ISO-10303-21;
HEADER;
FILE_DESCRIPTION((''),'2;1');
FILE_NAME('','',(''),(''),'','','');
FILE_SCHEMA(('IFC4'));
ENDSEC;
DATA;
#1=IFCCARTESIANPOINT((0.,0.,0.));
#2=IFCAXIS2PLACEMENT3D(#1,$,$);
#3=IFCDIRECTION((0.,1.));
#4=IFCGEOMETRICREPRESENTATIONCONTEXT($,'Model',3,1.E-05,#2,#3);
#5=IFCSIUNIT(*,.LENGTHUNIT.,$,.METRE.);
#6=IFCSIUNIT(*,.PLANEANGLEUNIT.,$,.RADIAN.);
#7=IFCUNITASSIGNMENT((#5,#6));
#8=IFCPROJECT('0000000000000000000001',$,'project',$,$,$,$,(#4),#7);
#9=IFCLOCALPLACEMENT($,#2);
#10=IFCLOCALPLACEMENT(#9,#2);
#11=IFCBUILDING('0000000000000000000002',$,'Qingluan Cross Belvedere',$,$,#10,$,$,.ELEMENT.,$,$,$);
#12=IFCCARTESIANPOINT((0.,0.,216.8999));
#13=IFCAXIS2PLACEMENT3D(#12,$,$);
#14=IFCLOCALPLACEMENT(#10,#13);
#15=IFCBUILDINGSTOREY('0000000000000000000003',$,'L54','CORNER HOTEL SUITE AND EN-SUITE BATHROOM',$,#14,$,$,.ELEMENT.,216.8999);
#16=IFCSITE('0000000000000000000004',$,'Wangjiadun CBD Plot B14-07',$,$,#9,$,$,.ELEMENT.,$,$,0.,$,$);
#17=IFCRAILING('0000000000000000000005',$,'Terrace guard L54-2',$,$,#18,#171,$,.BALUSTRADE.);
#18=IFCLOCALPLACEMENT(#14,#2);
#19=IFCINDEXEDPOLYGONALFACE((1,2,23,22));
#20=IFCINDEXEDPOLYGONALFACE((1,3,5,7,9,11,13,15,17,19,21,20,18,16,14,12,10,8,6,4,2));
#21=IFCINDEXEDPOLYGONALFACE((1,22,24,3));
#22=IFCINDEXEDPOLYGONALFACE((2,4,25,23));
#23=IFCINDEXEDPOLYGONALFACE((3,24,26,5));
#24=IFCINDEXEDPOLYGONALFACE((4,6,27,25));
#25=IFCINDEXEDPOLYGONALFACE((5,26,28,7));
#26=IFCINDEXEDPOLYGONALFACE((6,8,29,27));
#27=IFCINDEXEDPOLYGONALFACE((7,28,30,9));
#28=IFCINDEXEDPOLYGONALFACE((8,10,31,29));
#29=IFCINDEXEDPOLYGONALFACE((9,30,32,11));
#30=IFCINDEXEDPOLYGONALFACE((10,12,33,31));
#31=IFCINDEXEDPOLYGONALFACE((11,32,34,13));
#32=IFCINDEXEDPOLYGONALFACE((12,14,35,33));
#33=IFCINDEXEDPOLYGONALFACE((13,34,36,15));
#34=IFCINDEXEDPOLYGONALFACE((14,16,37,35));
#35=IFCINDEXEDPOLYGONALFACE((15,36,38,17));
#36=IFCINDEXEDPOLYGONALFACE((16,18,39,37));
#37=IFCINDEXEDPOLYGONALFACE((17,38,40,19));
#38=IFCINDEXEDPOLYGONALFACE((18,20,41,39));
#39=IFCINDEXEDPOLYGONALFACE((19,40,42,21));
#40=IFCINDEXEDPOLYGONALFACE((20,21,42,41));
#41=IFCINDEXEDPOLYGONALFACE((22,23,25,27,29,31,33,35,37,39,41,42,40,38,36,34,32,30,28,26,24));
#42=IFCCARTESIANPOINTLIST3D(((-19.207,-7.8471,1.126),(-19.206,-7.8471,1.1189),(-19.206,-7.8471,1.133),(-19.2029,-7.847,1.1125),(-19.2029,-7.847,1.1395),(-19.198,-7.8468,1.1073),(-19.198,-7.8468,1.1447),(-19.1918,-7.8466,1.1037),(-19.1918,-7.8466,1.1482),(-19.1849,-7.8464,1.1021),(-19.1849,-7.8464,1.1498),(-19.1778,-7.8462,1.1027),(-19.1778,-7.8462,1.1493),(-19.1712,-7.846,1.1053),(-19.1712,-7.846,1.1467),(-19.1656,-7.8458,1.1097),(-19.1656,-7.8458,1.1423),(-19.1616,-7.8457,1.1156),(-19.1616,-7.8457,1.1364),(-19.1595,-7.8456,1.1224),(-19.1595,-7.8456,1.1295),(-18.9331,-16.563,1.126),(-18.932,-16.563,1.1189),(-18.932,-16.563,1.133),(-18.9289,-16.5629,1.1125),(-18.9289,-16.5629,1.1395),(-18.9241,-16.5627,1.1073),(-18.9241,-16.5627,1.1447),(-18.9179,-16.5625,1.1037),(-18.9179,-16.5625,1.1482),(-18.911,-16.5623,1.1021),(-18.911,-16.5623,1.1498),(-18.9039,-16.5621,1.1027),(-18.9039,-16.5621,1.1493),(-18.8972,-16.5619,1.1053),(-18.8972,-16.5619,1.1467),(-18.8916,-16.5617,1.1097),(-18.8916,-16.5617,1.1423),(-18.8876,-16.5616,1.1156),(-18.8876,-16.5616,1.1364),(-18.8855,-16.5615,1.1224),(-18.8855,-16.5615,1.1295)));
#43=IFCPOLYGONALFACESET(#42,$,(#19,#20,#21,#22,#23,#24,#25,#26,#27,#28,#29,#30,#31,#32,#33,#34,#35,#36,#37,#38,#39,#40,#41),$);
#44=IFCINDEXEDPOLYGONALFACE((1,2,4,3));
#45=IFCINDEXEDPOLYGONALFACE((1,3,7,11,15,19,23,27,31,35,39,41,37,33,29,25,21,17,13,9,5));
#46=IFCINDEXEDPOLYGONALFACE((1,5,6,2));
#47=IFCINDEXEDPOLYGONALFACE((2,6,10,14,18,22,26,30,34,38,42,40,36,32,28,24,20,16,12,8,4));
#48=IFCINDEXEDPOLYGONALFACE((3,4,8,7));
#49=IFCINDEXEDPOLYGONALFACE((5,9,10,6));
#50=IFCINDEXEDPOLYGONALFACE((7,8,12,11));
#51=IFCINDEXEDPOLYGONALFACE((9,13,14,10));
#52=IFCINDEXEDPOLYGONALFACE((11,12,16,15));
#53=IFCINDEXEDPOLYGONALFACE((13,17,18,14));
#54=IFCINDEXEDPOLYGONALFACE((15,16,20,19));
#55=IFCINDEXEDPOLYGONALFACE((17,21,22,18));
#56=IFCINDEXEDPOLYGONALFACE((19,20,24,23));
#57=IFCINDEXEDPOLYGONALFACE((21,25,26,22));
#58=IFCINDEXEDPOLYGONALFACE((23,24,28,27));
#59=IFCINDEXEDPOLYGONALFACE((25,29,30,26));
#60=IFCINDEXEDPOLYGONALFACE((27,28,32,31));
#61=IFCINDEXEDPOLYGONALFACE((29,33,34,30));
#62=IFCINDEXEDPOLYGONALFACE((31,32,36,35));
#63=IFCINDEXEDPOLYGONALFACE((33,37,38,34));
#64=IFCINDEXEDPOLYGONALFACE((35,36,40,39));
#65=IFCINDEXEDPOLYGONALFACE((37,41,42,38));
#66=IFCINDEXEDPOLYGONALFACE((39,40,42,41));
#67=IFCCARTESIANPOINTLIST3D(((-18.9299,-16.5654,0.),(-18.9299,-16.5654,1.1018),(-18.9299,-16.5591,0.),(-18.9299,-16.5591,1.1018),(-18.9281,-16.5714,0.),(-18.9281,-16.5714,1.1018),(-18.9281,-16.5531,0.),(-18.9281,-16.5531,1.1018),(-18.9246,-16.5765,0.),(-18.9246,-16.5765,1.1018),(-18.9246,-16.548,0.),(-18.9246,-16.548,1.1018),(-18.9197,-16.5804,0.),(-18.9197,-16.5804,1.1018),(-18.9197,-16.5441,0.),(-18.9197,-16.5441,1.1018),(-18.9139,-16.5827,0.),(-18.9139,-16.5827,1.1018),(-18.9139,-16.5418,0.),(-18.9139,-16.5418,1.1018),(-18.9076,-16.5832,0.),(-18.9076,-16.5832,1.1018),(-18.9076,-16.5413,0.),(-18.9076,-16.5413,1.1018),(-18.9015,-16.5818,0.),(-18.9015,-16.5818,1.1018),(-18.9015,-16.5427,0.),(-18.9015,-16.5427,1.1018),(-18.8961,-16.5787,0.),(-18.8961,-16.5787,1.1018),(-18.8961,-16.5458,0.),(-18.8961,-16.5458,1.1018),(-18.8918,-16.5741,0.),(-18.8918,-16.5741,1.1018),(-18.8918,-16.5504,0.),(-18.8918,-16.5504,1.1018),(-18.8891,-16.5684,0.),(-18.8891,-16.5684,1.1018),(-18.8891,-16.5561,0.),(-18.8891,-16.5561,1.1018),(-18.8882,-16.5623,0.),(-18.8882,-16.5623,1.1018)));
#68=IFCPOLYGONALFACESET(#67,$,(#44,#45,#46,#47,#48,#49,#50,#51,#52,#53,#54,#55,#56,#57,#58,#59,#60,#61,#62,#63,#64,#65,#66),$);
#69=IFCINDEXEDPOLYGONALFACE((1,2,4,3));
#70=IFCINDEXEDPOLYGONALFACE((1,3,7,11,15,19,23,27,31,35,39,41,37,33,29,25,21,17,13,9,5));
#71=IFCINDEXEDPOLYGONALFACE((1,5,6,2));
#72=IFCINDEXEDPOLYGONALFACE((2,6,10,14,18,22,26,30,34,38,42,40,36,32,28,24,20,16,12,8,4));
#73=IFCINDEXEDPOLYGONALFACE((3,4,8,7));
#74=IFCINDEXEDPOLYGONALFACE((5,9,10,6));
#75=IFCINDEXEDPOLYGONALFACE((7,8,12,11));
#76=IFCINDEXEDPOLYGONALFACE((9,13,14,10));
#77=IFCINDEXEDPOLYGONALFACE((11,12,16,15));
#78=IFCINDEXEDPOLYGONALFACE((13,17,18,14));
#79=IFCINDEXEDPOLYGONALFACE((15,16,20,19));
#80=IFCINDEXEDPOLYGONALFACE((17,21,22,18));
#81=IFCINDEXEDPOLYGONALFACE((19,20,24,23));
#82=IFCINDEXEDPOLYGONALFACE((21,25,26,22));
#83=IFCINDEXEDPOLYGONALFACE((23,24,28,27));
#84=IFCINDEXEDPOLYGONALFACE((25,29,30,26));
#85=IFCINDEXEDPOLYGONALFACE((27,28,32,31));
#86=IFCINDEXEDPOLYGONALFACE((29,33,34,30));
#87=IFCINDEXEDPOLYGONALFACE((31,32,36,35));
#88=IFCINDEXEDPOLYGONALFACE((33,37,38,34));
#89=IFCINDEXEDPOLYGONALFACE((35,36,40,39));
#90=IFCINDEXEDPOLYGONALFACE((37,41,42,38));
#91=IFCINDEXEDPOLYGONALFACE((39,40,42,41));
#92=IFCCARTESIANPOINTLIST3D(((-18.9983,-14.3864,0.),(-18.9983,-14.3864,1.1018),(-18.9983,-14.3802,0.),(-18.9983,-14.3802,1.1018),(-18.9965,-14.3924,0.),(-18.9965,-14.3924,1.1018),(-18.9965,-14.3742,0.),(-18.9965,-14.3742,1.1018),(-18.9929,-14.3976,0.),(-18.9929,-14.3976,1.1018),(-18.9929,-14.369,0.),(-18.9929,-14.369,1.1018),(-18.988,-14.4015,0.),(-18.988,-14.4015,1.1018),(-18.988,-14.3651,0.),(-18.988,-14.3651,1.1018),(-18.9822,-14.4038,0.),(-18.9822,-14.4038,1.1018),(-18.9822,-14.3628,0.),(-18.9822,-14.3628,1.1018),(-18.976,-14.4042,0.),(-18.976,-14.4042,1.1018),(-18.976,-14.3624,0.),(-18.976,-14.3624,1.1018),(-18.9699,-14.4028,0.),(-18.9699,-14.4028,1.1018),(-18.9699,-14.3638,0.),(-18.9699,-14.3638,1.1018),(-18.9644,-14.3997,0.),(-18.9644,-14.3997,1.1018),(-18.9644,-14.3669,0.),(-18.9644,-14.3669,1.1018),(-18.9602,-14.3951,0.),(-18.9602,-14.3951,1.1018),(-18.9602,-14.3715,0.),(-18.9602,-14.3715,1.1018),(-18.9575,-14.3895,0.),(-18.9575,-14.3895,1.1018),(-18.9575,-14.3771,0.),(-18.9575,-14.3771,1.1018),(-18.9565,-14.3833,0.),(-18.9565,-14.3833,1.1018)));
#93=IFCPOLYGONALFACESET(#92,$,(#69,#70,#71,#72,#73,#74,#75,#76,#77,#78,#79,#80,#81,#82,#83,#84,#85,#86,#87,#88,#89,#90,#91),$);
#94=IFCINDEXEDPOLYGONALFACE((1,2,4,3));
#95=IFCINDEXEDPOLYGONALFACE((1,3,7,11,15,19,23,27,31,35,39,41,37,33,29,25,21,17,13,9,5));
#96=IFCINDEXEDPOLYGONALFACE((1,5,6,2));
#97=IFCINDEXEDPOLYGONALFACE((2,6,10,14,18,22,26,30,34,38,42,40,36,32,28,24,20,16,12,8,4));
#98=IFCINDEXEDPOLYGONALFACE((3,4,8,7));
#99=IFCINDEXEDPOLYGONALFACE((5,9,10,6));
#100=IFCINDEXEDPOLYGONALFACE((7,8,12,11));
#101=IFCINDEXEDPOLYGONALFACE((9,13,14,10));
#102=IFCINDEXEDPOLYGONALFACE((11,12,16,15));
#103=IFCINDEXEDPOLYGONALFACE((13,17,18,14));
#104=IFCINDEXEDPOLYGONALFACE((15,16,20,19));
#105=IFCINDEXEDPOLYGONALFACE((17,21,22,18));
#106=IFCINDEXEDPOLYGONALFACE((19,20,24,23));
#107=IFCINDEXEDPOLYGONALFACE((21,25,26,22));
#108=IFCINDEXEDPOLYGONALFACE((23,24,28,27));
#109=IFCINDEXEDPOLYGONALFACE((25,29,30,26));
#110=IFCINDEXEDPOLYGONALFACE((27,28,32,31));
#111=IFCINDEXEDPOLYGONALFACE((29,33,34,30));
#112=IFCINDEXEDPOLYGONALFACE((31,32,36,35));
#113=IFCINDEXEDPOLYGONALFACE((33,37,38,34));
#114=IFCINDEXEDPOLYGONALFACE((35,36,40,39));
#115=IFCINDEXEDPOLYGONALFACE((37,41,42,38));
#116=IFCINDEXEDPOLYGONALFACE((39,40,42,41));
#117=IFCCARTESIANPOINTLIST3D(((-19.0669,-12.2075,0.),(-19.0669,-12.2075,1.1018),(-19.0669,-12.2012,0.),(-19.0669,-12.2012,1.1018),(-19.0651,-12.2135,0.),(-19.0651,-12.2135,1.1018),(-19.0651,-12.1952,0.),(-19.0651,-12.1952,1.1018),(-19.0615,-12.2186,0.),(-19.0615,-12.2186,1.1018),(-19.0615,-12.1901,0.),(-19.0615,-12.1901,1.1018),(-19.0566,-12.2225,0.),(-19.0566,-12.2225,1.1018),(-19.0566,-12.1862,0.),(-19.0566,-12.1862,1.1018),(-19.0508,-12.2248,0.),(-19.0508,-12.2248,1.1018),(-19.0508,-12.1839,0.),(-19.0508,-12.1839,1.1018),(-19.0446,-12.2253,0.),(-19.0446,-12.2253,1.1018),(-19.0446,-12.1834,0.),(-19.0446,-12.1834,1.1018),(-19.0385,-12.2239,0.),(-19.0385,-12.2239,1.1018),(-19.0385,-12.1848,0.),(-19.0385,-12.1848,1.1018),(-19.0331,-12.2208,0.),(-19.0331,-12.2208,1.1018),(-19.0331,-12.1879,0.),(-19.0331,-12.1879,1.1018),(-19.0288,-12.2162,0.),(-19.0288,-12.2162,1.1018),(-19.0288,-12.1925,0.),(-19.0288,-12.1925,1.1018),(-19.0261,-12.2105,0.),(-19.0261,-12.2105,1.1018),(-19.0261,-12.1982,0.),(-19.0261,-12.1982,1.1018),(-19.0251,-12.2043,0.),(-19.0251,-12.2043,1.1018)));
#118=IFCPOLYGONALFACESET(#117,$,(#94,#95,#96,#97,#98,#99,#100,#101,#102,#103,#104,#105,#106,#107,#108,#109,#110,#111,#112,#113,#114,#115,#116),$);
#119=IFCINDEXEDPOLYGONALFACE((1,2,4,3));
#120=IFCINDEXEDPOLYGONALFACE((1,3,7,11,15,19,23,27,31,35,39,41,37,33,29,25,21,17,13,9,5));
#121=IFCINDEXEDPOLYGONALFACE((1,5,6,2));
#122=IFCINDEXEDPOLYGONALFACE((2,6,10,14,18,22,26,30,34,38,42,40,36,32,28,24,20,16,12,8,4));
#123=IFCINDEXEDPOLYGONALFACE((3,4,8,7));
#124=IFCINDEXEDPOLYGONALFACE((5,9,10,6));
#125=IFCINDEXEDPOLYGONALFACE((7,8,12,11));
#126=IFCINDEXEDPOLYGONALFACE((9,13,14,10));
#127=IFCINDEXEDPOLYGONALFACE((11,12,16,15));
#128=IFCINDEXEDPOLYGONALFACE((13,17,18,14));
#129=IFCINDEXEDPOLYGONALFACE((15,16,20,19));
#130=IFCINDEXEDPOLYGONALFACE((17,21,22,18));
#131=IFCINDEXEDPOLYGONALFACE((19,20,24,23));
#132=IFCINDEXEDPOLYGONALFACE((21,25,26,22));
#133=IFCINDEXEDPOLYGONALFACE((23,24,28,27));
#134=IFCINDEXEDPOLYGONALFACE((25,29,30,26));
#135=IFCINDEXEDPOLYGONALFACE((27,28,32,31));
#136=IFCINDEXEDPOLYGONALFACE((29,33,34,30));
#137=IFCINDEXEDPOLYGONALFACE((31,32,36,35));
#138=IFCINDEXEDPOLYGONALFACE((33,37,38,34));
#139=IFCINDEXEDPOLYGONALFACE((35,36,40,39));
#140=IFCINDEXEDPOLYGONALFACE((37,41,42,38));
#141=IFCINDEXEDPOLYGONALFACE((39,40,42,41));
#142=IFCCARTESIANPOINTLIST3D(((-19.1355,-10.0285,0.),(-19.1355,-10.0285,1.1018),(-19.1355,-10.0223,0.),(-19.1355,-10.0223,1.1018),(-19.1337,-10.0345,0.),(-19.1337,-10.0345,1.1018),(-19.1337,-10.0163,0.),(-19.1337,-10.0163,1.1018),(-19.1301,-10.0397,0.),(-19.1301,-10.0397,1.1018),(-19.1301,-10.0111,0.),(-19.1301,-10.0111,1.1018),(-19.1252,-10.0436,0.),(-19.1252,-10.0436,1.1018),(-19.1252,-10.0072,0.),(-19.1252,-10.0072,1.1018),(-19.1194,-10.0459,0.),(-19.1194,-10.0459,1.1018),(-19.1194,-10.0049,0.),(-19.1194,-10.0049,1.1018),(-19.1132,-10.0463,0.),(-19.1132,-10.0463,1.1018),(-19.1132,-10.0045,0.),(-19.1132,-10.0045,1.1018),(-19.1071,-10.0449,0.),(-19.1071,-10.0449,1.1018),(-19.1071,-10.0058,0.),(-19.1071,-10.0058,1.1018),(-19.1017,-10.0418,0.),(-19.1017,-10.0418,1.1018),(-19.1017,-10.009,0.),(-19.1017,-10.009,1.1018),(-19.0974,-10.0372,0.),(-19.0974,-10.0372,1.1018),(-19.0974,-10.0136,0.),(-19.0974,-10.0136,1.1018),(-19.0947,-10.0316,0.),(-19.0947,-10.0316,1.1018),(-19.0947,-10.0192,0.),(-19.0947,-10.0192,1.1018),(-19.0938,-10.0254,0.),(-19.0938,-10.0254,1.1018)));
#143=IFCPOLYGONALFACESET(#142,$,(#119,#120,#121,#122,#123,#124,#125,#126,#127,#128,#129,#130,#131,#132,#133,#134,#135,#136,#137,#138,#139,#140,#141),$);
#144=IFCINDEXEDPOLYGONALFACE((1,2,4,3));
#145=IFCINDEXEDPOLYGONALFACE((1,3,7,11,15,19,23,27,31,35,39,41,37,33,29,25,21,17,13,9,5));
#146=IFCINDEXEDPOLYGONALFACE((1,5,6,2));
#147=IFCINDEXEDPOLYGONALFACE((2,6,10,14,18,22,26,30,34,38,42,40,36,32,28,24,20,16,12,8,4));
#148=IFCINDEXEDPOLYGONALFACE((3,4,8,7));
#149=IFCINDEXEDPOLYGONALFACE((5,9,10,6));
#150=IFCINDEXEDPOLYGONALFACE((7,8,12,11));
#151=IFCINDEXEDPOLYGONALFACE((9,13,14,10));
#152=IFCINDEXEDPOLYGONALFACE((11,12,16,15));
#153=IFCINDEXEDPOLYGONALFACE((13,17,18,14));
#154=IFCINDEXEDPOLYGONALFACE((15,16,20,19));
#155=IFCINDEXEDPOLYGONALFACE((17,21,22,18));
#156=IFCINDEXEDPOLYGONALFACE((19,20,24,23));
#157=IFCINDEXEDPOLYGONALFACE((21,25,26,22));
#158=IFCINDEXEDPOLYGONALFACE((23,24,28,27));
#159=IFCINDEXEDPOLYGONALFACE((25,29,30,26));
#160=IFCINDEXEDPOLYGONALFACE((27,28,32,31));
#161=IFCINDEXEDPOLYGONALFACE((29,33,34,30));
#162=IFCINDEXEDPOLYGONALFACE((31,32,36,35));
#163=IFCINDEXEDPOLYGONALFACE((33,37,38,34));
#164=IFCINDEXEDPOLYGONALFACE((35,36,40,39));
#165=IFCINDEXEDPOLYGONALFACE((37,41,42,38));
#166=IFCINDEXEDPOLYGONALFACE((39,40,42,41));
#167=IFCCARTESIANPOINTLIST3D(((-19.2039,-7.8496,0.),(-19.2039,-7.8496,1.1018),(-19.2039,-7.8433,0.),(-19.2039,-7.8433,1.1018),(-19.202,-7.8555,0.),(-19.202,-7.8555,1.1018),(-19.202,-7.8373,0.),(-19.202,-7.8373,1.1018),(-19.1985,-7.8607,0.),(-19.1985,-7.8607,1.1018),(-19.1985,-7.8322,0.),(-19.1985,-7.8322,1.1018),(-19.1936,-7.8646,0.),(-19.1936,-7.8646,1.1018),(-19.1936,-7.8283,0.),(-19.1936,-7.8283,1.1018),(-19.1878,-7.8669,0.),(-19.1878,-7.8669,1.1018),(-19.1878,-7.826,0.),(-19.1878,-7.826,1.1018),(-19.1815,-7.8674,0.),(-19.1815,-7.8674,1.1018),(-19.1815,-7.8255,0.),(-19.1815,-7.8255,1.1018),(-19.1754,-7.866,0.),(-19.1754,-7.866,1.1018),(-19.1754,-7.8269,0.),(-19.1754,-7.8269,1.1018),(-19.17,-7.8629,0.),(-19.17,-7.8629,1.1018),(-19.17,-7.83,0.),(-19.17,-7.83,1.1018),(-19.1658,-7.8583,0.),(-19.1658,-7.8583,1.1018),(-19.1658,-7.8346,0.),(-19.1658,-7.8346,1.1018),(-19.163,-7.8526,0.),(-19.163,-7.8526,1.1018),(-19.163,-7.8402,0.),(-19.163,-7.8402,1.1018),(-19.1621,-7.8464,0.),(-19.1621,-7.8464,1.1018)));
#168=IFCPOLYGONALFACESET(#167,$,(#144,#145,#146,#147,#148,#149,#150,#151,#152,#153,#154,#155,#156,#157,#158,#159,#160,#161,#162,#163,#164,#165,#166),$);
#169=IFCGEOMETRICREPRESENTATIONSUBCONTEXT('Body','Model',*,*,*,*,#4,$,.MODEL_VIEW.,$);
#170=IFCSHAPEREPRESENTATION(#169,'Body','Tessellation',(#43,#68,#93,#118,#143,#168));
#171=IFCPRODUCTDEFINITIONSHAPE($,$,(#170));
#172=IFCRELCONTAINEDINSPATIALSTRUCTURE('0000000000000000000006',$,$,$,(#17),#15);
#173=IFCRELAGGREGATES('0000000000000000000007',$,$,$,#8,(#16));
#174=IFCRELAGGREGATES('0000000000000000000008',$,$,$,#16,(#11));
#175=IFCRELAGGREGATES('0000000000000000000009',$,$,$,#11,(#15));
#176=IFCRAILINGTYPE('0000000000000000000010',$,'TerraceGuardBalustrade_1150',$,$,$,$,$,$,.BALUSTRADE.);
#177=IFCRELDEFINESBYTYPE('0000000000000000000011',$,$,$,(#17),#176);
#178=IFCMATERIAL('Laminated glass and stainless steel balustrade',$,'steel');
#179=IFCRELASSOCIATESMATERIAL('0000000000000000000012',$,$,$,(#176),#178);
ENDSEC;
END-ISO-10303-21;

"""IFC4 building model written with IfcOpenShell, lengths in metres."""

from ifc_helpers import new_model, si_unit, direction, frame, origin, origin_2d, place, context, subcontext, project, spatial, circle, extrude, material, type_object, element, save


model = new_model("IFC4")

# Units and contexts
model_context = context("Model", 3, precision=1e-05, world=origin(), true_north=direction((0.0, 1.0)))
body_context = subcontext(model_context, "Body", "Model", "MODEL_VIEW")
ifc_project = project(units=[si_unit("LENGTHUNIT", "METRE"), si_unit("PLANEANGLEUNIT", "RADIAN")], contexts=[model_context])

# Site, building, storey
site_placement = place(None, origin())
site = spatial("IfcSite", under=ifc_project, at=site_placement, Name="Wangjiadun CBD Plot B14-07", CompositionType="ELEMENT", RefElevation=0.0)
building_placement = place(site_placement, origin())
building = spatial("IfcBuilding", under=site, at=building_placement, Name="Qingluan Cross Belvedere", CompositionType="ELEMENT")
storey_placement = place(building_placement, frame((0.0, 0.0, 216.8999)))
storey = spatial("IfcBuildingStorey", under=building, at=storey_placement, Name="L54", Description="CORNER HOTEL SUITE AND EN-SUITE BATHROOM", CompositionType="ELEMENT", Elevation=216.8999)

# Railing
ifc_material_1 = material(Name="Laminated glass and stainless steel balustrade", Category="steel")
railing_type = type_object("IfcRailingType", Name="TerraceGuardBalustrade_1150", PredefinedType="BALUSTRADE", material=ifc_material_1)
railing_1_placement = place(storey_placement, frame((-18.9092, -16.5623, 0.0)))
element("IfcRailing", 1, at=railing_1_placement, inside=storey, type_object=railing_type, Name="Terrace guard L54-2", PredefinedType="BALUSTRADE", context=body_context, shape_type="SweptSolid", body=[
    extrude(circle(Radius=0.0239, at=origin_2d()), frame((0.0, 0.0, 1.126), z_axis=(-0.031413, 0.999506, 0.0), x_axis=(-0.999506, -0.031413, 0.0)), (0.0, 0.0, 1.0), 8.7202),
    extrude(circle(Radius=0.021, at=origin_2d()), origin(), (0.0, 0.0, 1.0), 1.1018),
    extrude(circle(Radius=0.021, at=origin_2d()), frame((-0.0684, 2.179, 0.0)), (0.0, 0.0, 1.0), 1.1018),
    extrude(circle(Radius=0.021, at=origin_2d()), frame((-0.137, 4.3579, 0.0)), (0.0, 0.0, 1.0), 1.1018),
    extrude(circle(Radius=0.021, at=origin_2d()), frame((-0.2056, 6.5369, 0.0)), (0.0, 0.0, 1.0), 1.1018),
    extrude(circle(Radius=0.021, at=origin_2d()), frame((-0.2739, 8.7158, 0.0)), (0.0, 0.0, 1.0), 1.1018),
])

save(model, "model.ifc")
